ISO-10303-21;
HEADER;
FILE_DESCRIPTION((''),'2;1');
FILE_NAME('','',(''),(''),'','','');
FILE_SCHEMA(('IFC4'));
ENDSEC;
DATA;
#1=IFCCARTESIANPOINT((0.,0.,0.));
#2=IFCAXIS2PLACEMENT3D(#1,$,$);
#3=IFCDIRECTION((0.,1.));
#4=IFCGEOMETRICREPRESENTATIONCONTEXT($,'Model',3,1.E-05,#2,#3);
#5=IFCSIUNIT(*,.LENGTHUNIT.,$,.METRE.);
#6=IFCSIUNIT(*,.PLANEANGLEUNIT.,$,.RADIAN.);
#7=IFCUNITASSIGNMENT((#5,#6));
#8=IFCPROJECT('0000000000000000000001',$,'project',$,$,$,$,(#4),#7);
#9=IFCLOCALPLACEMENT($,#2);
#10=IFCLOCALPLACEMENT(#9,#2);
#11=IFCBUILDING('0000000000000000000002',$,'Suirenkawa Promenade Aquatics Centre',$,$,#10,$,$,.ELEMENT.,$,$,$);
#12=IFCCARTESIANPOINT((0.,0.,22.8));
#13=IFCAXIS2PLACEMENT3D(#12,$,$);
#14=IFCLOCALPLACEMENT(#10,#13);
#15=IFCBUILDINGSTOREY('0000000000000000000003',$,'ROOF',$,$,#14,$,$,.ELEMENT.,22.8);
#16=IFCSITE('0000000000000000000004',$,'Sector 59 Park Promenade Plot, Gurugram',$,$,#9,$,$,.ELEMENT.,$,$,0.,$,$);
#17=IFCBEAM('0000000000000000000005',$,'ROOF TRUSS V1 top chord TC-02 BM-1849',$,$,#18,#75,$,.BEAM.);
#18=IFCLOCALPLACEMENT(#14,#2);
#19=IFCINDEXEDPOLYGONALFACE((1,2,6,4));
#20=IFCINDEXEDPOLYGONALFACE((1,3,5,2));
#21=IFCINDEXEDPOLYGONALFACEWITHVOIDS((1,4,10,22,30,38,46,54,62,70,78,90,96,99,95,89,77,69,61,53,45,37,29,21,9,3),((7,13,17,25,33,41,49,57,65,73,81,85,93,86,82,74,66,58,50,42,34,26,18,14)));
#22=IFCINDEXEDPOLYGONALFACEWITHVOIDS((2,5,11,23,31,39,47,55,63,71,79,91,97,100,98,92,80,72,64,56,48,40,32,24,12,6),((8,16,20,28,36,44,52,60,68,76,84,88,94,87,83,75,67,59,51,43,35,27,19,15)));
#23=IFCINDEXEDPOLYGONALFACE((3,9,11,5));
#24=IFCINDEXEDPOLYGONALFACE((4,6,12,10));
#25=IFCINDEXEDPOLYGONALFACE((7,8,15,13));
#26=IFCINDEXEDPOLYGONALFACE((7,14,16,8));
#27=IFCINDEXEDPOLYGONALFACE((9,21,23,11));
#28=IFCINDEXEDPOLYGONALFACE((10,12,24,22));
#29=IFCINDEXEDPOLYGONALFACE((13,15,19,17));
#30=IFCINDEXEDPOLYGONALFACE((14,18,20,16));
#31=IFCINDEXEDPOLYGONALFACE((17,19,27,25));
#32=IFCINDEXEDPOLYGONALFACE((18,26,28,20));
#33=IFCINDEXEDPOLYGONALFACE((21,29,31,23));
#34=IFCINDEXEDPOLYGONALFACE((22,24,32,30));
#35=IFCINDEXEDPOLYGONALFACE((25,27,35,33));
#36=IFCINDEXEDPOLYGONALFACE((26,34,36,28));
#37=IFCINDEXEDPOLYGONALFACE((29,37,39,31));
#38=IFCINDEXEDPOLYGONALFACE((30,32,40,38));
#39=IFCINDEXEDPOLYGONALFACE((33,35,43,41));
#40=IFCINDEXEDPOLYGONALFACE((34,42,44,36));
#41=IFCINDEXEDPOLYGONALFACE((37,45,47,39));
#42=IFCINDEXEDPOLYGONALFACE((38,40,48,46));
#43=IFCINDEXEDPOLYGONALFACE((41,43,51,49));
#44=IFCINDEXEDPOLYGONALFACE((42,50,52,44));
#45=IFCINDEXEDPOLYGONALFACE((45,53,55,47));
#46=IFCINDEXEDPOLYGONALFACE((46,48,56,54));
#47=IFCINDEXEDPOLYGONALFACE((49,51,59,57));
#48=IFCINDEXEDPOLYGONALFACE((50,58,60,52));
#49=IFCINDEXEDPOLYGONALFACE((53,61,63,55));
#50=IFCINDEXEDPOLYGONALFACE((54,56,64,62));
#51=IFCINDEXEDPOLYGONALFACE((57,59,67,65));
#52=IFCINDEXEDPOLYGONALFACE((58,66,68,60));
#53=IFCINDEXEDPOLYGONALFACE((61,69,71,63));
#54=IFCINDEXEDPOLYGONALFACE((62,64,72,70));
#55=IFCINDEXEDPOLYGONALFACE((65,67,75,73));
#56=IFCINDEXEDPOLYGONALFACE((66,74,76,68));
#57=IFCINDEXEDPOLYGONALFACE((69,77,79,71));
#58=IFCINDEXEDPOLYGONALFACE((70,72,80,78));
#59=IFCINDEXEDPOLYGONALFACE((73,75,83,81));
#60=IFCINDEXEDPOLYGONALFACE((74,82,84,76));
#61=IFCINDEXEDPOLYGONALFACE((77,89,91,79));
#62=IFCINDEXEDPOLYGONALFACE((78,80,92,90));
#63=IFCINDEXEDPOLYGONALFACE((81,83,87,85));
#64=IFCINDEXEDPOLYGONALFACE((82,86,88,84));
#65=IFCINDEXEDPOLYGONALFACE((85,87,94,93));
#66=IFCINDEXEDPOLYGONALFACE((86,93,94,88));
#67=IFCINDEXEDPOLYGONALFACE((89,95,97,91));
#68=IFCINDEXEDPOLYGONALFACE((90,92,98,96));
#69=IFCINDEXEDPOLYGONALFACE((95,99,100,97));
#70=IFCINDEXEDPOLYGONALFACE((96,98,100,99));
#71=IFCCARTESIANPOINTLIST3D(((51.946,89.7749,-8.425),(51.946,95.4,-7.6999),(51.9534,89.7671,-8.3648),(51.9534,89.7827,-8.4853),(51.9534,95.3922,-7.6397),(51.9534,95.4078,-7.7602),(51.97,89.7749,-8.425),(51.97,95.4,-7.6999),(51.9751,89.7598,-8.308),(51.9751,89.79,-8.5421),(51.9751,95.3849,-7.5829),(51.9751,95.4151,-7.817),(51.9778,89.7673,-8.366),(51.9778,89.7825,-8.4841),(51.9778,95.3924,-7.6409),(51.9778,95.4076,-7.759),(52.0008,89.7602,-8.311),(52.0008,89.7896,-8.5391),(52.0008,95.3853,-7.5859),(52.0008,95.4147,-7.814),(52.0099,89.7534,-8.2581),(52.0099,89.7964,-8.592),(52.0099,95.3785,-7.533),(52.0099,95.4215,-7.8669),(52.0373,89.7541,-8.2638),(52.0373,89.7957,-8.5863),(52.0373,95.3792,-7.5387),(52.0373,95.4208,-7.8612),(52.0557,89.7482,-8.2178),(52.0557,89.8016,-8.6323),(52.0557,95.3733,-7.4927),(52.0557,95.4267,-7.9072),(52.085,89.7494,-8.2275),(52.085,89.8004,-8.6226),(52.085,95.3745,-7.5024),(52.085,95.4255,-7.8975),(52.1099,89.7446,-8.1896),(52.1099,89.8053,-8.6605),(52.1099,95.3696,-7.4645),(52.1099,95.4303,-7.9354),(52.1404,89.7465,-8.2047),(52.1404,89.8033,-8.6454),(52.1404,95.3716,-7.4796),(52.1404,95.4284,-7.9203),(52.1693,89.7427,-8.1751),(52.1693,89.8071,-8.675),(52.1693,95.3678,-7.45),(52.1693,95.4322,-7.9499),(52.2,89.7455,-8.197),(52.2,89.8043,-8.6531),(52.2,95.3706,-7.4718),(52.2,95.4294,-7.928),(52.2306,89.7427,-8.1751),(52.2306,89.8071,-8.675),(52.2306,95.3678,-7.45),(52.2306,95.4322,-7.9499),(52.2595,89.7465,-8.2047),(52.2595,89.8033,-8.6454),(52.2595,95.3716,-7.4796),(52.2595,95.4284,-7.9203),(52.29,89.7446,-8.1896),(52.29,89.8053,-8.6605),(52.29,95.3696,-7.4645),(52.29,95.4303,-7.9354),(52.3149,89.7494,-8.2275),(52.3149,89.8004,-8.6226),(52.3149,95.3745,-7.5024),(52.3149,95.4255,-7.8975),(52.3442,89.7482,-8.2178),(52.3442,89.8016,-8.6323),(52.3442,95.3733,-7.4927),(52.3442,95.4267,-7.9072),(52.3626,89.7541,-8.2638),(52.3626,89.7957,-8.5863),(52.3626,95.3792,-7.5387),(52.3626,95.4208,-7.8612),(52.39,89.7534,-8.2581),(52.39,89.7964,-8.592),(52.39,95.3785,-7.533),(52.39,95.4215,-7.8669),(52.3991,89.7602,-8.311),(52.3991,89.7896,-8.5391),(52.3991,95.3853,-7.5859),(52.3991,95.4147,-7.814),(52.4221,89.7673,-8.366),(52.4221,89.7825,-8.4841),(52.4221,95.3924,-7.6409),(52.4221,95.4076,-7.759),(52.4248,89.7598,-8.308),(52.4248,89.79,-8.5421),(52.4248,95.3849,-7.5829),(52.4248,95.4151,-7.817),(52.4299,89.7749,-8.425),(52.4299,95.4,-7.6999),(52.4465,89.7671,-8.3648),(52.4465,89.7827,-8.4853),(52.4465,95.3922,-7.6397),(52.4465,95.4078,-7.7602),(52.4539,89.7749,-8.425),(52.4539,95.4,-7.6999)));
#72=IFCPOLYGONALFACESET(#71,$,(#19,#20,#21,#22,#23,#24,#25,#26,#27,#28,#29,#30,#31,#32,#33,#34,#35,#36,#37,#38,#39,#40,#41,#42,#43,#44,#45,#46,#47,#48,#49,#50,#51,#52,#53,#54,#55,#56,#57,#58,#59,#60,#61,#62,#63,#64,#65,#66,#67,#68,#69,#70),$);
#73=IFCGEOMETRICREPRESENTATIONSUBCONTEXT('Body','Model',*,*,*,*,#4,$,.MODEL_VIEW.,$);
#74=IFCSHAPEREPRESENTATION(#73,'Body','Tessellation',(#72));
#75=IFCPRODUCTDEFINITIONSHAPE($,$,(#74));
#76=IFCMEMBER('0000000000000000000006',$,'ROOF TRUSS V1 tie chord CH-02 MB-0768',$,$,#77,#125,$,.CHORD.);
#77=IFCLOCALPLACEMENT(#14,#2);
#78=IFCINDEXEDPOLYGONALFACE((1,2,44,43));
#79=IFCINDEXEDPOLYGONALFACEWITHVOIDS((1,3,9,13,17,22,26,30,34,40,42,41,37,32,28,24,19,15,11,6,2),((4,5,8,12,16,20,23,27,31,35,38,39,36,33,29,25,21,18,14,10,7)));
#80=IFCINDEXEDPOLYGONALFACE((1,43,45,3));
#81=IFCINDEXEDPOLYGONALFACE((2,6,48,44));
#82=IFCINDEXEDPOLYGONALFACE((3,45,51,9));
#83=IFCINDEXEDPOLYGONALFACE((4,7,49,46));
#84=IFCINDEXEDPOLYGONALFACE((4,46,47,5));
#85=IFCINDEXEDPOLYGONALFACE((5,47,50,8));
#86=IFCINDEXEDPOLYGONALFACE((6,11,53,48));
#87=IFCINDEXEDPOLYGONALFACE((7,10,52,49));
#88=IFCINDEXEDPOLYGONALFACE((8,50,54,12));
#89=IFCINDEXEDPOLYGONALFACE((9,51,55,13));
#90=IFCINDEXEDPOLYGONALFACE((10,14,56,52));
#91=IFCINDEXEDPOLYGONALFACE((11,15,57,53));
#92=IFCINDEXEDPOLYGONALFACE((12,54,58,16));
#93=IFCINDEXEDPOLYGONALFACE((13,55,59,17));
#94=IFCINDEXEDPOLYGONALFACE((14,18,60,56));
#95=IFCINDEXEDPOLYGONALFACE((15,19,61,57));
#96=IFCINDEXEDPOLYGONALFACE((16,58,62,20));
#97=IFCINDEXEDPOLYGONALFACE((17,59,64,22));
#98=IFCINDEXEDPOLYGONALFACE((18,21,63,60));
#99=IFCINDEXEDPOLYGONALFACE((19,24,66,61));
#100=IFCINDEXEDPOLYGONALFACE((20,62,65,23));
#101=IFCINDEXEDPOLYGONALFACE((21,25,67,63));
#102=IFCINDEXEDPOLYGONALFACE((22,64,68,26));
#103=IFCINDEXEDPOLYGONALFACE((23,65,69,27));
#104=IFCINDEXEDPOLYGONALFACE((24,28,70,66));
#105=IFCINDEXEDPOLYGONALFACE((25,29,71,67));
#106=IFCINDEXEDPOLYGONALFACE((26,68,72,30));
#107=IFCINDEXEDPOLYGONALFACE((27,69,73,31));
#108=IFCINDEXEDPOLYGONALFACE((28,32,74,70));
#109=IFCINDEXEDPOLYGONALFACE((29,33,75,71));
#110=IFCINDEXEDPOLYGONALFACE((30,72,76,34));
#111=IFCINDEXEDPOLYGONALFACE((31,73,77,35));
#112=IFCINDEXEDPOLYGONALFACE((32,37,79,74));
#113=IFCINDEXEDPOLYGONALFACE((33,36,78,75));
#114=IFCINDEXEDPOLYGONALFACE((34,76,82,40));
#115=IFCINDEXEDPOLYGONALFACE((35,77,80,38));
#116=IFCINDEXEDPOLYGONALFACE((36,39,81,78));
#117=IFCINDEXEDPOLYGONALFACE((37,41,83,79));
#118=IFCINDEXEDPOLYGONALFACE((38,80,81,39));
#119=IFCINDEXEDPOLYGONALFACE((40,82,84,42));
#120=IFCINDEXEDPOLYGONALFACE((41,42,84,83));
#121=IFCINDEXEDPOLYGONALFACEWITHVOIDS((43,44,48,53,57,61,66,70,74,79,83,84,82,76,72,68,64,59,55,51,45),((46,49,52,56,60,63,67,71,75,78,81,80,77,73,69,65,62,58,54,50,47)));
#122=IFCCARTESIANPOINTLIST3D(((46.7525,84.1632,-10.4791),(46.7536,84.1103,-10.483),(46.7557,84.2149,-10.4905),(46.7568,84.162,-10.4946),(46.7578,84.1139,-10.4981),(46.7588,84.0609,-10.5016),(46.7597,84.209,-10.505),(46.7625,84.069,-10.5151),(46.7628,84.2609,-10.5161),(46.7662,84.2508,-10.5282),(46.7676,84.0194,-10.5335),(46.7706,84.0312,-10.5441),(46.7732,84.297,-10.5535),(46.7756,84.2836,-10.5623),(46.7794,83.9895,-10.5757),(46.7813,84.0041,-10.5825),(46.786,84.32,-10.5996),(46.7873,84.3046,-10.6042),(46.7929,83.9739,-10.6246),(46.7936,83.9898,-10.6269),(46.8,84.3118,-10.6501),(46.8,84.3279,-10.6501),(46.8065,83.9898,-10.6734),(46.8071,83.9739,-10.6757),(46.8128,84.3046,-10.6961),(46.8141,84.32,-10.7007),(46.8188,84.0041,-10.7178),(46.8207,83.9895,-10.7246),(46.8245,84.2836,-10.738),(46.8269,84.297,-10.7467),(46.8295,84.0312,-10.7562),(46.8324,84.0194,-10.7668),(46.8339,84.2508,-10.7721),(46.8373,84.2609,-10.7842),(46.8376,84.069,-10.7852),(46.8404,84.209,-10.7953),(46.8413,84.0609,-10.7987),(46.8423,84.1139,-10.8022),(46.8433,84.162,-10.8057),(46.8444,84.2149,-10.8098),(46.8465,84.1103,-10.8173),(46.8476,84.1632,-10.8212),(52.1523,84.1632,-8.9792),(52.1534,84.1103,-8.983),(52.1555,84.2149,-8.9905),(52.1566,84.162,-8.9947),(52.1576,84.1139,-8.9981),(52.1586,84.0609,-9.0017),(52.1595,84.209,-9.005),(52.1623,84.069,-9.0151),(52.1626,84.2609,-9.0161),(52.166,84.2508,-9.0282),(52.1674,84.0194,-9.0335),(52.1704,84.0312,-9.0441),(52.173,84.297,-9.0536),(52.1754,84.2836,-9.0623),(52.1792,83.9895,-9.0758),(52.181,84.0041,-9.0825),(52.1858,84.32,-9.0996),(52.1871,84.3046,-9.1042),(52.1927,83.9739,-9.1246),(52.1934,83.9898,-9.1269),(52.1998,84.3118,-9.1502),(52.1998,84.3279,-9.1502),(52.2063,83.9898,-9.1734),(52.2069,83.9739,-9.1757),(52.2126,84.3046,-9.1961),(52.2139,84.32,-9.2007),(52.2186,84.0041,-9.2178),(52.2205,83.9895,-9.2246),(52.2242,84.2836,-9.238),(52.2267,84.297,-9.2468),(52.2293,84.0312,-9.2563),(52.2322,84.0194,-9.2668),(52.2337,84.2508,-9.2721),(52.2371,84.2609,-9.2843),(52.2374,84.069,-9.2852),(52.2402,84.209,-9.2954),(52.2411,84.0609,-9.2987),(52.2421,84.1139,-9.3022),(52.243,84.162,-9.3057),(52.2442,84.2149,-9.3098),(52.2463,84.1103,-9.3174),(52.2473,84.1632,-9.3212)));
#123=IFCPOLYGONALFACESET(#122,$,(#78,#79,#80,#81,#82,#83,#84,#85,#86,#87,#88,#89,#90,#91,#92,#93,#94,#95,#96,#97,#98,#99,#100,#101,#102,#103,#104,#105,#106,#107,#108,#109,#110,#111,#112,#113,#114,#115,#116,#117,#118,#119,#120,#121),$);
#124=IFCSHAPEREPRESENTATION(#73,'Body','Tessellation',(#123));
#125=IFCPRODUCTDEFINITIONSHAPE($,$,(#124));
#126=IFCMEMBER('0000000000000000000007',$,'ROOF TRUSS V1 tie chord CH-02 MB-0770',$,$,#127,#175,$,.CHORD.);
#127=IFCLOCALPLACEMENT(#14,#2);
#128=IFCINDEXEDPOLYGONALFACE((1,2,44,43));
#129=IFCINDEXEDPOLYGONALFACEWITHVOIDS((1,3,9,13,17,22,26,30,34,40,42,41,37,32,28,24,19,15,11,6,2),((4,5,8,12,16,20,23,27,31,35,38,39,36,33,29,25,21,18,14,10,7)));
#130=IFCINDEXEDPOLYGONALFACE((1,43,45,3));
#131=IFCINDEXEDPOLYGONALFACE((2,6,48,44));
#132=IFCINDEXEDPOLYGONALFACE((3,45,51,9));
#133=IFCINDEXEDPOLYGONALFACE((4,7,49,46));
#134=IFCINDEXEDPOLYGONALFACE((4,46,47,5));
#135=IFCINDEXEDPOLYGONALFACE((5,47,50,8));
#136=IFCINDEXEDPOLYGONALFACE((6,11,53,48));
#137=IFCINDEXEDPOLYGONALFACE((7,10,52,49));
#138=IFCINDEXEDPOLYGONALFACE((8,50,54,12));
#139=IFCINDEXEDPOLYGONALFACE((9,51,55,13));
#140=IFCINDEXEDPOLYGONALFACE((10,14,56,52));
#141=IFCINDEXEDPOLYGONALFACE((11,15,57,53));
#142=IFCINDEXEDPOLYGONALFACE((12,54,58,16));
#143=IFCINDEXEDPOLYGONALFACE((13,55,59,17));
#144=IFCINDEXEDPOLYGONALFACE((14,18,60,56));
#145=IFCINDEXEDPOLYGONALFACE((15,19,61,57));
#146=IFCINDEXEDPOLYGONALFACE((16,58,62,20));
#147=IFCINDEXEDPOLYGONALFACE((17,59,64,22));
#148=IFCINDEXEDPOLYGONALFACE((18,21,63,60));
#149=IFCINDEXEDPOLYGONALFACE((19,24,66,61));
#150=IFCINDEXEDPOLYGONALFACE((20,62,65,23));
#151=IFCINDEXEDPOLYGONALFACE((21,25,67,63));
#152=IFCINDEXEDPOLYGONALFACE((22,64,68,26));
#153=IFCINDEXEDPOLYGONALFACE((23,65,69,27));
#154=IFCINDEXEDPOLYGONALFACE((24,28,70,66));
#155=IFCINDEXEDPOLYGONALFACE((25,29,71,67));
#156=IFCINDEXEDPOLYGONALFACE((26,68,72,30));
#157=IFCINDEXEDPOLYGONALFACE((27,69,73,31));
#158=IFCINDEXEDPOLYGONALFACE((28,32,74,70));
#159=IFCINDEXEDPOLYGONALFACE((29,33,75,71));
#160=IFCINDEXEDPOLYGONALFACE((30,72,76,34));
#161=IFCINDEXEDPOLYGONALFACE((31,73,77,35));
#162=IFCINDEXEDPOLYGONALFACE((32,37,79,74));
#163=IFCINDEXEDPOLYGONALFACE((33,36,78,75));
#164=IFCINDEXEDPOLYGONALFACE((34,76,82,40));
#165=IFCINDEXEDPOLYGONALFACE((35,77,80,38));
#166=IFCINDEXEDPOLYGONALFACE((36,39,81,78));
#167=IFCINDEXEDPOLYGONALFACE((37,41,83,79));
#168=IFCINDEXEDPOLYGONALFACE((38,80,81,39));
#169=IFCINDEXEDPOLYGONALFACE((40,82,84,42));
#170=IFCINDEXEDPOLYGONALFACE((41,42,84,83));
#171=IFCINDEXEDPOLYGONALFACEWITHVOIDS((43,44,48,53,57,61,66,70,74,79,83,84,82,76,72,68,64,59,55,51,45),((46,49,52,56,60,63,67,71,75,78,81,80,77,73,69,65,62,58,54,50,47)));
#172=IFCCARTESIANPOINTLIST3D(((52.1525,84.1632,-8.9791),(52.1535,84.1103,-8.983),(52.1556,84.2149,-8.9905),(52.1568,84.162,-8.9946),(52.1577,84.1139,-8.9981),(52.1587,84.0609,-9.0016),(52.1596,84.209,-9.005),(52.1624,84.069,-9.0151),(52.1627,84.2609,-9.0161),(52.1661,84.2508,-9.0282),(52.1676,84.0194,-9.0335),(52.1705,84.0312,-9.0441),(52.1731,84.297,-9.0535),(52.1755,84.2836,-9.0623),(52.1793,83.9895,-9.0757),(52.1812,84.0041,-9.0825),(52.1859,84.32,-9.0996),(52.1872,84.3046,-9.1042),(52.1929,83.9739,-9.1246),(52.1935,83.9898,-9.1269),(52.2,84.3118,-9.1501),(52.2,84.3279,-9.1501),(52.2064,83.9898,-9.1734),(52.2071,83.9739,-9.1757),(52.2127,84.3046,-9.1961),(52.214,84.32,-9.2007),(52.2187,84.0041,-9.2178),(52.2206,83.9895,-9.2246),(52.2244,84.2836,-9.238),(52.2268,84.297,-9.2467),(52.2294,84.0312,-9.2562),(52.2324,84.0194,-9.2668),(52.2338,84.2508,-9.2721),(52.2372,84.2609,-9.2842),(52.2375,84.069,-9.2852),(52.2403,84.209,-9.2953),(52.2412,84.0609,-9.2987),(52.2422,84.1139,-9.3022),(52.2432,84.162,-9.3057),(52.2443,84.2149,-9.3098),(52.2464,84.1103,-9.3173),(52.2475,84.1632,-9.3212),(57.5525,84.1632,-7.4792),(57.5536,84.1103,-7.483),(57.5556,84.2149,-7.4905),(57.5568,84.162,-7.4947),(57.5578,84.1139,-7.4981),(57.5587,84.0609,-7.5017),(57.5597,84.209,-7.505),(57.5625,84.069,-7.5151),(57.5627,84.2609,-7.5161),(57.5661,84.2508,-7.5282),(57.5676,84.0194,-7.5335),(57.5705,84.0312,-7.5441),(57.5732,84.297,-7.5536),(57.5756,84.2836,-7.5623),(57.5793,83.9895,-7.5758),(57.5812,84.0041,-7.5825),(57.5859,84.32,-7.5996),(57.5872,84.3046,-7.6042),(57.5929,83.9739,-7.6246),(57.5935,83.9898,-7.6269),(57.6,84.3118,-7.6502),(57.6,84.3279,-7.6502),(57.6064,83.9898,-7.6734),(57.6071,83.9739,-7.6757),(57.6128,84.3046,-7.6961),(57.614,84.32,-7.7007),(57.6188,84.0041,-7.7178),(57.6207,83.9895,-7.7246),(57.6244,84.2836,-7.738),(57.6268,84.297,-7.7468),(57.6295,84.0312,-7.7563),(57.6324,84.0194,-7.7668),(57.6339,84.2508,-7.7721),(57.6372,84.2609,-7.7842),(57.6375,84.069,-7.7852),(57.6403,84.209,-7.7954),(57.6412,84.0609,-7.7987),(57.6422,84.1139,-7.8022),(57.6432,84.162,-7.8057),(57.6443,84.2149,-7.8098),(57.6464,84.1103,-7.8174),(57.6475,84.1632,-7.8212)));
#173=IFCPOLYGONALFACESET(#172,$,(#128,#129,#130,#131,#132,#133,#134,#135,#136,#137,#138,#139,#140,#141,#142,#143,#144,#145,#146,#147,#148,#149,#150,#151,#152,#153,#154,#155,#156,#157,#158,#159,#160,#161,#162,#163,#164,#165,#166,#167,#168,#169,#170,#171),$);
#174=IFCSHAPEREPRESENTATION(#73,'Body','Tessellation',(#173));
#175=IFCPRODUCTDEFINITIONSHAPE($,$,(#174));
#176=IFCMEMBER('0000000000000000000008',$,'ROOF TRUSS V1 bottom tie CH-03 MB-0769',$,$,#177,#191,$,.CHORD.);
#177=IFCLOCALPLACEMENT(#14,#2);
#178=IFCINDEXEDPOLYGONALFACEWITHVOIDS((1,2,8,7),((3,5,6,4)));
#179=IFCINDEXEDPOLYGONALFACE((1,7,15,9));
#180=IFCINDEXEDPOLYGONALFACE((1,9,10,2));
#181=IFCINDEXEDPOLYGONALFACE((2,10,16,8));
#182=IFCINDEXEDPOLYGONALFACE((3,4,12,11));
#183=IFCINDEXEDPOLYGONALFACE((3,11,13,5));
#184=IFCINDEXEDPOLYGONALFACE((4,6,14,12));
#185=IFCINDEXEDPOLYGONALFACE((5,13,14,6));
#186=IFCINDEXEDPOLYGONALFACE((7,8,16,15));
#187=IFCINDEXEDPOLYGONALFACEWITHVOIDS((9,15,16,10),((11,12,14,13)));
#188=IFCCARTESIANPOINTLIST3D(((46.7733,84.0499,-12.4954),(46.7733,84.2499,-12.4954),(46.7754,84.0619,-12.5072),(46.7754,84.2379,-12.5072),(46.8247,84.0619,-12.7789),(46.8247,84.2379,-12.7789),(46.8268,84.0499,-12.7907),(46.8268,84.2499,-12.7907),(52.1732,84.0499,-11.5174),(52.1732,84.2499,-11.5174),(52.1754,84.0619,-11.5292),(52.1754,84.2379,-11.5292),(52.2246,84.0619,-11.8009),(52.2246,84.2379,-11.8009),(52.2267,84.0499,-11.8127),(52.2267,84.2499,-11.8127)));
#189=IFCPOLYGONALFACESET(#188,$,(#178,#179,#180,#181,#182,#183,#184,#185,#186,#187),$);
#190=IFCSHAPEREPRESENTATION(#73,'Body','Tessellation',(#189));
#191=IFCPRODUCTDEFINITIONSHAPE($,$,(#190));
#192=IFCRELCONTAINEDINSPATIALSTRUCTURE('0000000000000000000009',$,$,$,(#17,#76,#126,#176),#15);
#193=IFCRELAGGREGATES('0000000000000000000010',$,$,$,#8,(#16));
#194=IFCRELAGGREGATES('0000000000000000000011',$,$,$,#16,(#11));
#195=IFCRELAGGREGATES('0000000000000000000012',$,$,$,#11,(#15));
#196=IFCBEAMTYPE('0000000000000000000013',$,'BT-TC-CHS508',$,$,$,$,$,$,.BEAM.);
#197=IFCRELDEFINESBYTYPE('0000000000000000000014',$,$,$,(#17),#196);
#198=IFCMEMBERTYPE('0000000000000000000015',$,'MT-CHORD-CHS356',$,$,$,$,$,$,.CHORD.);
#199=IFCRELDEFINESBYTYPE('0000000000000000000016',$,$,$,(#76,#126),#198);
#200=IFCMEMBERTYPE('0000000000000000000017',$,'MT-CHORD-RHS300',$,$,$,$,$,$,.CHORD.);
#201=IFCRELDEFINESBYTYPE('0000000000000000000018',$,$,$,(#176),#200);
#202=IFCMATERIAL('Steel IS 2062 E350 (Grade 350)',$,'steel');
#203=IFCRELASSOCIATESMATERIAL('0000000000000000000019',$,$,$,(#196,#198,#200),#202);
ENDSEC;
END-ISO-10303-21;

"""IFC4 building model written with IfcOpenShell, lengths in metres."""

from ifc_helpers import new_model, si_unit, direction, frame, origin, origin_2d, place, context, subcontext, project, spatial, hollow_rectangle, hollow_circle, extrude, material, material_profile, profile_set, type_object, element, save


model = new_model("IFC4")

# Units and contexts
model_context = context("Model", 3, precision=1e-05, world=origin(), true_north=direction((0.0, 1.0)))
body_context = subcontext(model_context, "Body", "Model", "MODEL_VIEW")
ifc_project = project(units=[si_unit("LENGTHUNIT", "METRE"), si_unit("PLANEANGLEUNIT", "RADIAN")], contexts=[model_context])

# Site, building, storey
site_placement = place(None, origin())
site = spatial("IfcSite", under=ifc_project, at=site_placement, Name="Sector 59 Park Promenade Plot, Gurugram", CompositionType="ELEMENT", RefElevation=0.0)
building_placement = place(site_placement, origin())
building = spatial("IfcBuilding", under=site, at=building_placement, Name="Suirenkawa Promenade Aquatics Centre", CompositionType="ELEMENT")
storey_placement = place(building_placement, frame((0.0, 0.0, 22.8)))
storey = spatial("IfcBuildingStorey", under=building, at=storey_placement, Name="ROOF", CompositionType="ELEMENT", Elevation=22.8)

# Beam
ifc_material = material(Name="Steel IS 2062 E350 (Grade 350)", Category="steel")
ifc_material_profile_1 = material_profile(ifc_material, hollow_circle(Radius=0.2539, WallThickness=0.0239, at=origin_2d()), Name="CHS 508x24", Category="steel")
ifc_profile_set_1 = profile_set([ifc_material_profile_1], Name="Steel IS 2062 E350 (Grade 350)")
beam_type_1 = type_object("IfcBeamType", Name="BT-TC-CHS508", PredefinedType="BEAM", material=ifc_profile_set_1)
for number, where, z_axis, x_axis, name in (
    (1, (52.2, 89.7749, -8.425), (0.0, 0.991794, 0.127848), (-1.0, 0.0, 0.0), "ROOF TRUSS V1 top chord TC-02 BM-1849"),
):
    element("IfcBeam", number, at=place(storey_placement, frame(where, z_axis=z_axis, x_axis=x_axis)), inside=storey, type_object=beam_type_1, Name=name, PredefinedType="BEAM", context=body_context, shape_type="SweptSolid", body=[
        extrude(hollow_circle(Radius=0.2539, WallThickness=0.0239, at=origin_2d()), origin(), (0.0, 0.0, 1.0), 5.6716),
    ])

# Members
ifc_material_profile_2 = material_profile(ifc_material, hollow_circle(Radius=0.178, WallThickness=0.0161, at=origin_2d()), Name="CHS 356x16", Category="steel")
ifc_profile_set_2 = profile_set([ifc_material_profile_2], Name="Steel IS 2062 E350 (Grade 350)")
member_type_1 = type_object("IfcMemberType", Name="MT-CHORD-CHS356", PredefinedType="CHORD", material=ifc_profile_set_2)
member_1_placement = place(storey_placement, frame((46.8, 84.1499, -10.6501), z_axis=(0.963517, 0.0, 0.267648), x_axis=(0.0, 1.0, 0.0)))
element("IfcMember", 2, at=member_1_placement, inside=storey, type_object=member_type_1, Name="ROOF TRUSS V1 tie chord CH-02 MB-0768", PredefinedType="CHORD", context=body_context, shape_type="SweptSolid", body=[
    extrude(hollow_circle(Radius=0.178, WallThickness=0.0161, at=origin_2d()), origin(), (0.0, 0.0, 1.0), 5.6042),
])
member_2_placement = place(storey_placement, frame((52.2, 84.1499, -9.1501), z_axis=(0.96352, 0.0, 0.267637), x_axis=(0.0, 1.0, 0.0)))
element("IfcMember", 3, at=member_2_placement, inside=storey, type_object=member_type_1, Name="ROOF TRUSS V1 tie chord CH-02 MB-0770", PredefinedType="CHORD", context=body_context, shape_type="SweptSolid", body=[
    extrude(hollow_circle(Radius=0.178, WallThickness=0.0161, at=origin_2d()), origin(), (0.0, 0.0, 1.0), 5.6045),
])
ifc_material_profile_3 = material_profile(ifc_material, hollow_rectangle(XDim=0.2, YDim=0.3, WallThickness=0.012, at=origin_2d()), Name="RHS 300x200x12", Category="steel")
ifc_profile_set_3 = profile_set([ifc_material_profile_3], Name="Steel IS 2062 E350 (Grade 350)")
member_type_2 = type_object("IfcMemberType", Name="MT-CHORD-RHS300", PredefinedType="CHORD", material=ifc_profile_set_3)
member_3_placement = place(storey_placement, frame((46.8, 84.1499, -12.6431), z_axis=(0.983991, 0.0, 0.17822), x_axis=(0.0, 1.0, 0.0)))
element("IfcMember", 4, at=member_3_placement, inside=storey, type_object=member_type_2, Name="ROOF TRUSS V1 bottom tie CH-03 MB-0769", PredefinedType="CHORD", context=body_context, shape_type="SweptSolid", body=[
    extrude(hollow_rectangle(XDim=0.2, YDim=0.3, WallThickness=0.012, at=origin_2d()), origin(), (0.0, 0.0, 1.0), 5.4878),
])

save(model, "model.ifc")
